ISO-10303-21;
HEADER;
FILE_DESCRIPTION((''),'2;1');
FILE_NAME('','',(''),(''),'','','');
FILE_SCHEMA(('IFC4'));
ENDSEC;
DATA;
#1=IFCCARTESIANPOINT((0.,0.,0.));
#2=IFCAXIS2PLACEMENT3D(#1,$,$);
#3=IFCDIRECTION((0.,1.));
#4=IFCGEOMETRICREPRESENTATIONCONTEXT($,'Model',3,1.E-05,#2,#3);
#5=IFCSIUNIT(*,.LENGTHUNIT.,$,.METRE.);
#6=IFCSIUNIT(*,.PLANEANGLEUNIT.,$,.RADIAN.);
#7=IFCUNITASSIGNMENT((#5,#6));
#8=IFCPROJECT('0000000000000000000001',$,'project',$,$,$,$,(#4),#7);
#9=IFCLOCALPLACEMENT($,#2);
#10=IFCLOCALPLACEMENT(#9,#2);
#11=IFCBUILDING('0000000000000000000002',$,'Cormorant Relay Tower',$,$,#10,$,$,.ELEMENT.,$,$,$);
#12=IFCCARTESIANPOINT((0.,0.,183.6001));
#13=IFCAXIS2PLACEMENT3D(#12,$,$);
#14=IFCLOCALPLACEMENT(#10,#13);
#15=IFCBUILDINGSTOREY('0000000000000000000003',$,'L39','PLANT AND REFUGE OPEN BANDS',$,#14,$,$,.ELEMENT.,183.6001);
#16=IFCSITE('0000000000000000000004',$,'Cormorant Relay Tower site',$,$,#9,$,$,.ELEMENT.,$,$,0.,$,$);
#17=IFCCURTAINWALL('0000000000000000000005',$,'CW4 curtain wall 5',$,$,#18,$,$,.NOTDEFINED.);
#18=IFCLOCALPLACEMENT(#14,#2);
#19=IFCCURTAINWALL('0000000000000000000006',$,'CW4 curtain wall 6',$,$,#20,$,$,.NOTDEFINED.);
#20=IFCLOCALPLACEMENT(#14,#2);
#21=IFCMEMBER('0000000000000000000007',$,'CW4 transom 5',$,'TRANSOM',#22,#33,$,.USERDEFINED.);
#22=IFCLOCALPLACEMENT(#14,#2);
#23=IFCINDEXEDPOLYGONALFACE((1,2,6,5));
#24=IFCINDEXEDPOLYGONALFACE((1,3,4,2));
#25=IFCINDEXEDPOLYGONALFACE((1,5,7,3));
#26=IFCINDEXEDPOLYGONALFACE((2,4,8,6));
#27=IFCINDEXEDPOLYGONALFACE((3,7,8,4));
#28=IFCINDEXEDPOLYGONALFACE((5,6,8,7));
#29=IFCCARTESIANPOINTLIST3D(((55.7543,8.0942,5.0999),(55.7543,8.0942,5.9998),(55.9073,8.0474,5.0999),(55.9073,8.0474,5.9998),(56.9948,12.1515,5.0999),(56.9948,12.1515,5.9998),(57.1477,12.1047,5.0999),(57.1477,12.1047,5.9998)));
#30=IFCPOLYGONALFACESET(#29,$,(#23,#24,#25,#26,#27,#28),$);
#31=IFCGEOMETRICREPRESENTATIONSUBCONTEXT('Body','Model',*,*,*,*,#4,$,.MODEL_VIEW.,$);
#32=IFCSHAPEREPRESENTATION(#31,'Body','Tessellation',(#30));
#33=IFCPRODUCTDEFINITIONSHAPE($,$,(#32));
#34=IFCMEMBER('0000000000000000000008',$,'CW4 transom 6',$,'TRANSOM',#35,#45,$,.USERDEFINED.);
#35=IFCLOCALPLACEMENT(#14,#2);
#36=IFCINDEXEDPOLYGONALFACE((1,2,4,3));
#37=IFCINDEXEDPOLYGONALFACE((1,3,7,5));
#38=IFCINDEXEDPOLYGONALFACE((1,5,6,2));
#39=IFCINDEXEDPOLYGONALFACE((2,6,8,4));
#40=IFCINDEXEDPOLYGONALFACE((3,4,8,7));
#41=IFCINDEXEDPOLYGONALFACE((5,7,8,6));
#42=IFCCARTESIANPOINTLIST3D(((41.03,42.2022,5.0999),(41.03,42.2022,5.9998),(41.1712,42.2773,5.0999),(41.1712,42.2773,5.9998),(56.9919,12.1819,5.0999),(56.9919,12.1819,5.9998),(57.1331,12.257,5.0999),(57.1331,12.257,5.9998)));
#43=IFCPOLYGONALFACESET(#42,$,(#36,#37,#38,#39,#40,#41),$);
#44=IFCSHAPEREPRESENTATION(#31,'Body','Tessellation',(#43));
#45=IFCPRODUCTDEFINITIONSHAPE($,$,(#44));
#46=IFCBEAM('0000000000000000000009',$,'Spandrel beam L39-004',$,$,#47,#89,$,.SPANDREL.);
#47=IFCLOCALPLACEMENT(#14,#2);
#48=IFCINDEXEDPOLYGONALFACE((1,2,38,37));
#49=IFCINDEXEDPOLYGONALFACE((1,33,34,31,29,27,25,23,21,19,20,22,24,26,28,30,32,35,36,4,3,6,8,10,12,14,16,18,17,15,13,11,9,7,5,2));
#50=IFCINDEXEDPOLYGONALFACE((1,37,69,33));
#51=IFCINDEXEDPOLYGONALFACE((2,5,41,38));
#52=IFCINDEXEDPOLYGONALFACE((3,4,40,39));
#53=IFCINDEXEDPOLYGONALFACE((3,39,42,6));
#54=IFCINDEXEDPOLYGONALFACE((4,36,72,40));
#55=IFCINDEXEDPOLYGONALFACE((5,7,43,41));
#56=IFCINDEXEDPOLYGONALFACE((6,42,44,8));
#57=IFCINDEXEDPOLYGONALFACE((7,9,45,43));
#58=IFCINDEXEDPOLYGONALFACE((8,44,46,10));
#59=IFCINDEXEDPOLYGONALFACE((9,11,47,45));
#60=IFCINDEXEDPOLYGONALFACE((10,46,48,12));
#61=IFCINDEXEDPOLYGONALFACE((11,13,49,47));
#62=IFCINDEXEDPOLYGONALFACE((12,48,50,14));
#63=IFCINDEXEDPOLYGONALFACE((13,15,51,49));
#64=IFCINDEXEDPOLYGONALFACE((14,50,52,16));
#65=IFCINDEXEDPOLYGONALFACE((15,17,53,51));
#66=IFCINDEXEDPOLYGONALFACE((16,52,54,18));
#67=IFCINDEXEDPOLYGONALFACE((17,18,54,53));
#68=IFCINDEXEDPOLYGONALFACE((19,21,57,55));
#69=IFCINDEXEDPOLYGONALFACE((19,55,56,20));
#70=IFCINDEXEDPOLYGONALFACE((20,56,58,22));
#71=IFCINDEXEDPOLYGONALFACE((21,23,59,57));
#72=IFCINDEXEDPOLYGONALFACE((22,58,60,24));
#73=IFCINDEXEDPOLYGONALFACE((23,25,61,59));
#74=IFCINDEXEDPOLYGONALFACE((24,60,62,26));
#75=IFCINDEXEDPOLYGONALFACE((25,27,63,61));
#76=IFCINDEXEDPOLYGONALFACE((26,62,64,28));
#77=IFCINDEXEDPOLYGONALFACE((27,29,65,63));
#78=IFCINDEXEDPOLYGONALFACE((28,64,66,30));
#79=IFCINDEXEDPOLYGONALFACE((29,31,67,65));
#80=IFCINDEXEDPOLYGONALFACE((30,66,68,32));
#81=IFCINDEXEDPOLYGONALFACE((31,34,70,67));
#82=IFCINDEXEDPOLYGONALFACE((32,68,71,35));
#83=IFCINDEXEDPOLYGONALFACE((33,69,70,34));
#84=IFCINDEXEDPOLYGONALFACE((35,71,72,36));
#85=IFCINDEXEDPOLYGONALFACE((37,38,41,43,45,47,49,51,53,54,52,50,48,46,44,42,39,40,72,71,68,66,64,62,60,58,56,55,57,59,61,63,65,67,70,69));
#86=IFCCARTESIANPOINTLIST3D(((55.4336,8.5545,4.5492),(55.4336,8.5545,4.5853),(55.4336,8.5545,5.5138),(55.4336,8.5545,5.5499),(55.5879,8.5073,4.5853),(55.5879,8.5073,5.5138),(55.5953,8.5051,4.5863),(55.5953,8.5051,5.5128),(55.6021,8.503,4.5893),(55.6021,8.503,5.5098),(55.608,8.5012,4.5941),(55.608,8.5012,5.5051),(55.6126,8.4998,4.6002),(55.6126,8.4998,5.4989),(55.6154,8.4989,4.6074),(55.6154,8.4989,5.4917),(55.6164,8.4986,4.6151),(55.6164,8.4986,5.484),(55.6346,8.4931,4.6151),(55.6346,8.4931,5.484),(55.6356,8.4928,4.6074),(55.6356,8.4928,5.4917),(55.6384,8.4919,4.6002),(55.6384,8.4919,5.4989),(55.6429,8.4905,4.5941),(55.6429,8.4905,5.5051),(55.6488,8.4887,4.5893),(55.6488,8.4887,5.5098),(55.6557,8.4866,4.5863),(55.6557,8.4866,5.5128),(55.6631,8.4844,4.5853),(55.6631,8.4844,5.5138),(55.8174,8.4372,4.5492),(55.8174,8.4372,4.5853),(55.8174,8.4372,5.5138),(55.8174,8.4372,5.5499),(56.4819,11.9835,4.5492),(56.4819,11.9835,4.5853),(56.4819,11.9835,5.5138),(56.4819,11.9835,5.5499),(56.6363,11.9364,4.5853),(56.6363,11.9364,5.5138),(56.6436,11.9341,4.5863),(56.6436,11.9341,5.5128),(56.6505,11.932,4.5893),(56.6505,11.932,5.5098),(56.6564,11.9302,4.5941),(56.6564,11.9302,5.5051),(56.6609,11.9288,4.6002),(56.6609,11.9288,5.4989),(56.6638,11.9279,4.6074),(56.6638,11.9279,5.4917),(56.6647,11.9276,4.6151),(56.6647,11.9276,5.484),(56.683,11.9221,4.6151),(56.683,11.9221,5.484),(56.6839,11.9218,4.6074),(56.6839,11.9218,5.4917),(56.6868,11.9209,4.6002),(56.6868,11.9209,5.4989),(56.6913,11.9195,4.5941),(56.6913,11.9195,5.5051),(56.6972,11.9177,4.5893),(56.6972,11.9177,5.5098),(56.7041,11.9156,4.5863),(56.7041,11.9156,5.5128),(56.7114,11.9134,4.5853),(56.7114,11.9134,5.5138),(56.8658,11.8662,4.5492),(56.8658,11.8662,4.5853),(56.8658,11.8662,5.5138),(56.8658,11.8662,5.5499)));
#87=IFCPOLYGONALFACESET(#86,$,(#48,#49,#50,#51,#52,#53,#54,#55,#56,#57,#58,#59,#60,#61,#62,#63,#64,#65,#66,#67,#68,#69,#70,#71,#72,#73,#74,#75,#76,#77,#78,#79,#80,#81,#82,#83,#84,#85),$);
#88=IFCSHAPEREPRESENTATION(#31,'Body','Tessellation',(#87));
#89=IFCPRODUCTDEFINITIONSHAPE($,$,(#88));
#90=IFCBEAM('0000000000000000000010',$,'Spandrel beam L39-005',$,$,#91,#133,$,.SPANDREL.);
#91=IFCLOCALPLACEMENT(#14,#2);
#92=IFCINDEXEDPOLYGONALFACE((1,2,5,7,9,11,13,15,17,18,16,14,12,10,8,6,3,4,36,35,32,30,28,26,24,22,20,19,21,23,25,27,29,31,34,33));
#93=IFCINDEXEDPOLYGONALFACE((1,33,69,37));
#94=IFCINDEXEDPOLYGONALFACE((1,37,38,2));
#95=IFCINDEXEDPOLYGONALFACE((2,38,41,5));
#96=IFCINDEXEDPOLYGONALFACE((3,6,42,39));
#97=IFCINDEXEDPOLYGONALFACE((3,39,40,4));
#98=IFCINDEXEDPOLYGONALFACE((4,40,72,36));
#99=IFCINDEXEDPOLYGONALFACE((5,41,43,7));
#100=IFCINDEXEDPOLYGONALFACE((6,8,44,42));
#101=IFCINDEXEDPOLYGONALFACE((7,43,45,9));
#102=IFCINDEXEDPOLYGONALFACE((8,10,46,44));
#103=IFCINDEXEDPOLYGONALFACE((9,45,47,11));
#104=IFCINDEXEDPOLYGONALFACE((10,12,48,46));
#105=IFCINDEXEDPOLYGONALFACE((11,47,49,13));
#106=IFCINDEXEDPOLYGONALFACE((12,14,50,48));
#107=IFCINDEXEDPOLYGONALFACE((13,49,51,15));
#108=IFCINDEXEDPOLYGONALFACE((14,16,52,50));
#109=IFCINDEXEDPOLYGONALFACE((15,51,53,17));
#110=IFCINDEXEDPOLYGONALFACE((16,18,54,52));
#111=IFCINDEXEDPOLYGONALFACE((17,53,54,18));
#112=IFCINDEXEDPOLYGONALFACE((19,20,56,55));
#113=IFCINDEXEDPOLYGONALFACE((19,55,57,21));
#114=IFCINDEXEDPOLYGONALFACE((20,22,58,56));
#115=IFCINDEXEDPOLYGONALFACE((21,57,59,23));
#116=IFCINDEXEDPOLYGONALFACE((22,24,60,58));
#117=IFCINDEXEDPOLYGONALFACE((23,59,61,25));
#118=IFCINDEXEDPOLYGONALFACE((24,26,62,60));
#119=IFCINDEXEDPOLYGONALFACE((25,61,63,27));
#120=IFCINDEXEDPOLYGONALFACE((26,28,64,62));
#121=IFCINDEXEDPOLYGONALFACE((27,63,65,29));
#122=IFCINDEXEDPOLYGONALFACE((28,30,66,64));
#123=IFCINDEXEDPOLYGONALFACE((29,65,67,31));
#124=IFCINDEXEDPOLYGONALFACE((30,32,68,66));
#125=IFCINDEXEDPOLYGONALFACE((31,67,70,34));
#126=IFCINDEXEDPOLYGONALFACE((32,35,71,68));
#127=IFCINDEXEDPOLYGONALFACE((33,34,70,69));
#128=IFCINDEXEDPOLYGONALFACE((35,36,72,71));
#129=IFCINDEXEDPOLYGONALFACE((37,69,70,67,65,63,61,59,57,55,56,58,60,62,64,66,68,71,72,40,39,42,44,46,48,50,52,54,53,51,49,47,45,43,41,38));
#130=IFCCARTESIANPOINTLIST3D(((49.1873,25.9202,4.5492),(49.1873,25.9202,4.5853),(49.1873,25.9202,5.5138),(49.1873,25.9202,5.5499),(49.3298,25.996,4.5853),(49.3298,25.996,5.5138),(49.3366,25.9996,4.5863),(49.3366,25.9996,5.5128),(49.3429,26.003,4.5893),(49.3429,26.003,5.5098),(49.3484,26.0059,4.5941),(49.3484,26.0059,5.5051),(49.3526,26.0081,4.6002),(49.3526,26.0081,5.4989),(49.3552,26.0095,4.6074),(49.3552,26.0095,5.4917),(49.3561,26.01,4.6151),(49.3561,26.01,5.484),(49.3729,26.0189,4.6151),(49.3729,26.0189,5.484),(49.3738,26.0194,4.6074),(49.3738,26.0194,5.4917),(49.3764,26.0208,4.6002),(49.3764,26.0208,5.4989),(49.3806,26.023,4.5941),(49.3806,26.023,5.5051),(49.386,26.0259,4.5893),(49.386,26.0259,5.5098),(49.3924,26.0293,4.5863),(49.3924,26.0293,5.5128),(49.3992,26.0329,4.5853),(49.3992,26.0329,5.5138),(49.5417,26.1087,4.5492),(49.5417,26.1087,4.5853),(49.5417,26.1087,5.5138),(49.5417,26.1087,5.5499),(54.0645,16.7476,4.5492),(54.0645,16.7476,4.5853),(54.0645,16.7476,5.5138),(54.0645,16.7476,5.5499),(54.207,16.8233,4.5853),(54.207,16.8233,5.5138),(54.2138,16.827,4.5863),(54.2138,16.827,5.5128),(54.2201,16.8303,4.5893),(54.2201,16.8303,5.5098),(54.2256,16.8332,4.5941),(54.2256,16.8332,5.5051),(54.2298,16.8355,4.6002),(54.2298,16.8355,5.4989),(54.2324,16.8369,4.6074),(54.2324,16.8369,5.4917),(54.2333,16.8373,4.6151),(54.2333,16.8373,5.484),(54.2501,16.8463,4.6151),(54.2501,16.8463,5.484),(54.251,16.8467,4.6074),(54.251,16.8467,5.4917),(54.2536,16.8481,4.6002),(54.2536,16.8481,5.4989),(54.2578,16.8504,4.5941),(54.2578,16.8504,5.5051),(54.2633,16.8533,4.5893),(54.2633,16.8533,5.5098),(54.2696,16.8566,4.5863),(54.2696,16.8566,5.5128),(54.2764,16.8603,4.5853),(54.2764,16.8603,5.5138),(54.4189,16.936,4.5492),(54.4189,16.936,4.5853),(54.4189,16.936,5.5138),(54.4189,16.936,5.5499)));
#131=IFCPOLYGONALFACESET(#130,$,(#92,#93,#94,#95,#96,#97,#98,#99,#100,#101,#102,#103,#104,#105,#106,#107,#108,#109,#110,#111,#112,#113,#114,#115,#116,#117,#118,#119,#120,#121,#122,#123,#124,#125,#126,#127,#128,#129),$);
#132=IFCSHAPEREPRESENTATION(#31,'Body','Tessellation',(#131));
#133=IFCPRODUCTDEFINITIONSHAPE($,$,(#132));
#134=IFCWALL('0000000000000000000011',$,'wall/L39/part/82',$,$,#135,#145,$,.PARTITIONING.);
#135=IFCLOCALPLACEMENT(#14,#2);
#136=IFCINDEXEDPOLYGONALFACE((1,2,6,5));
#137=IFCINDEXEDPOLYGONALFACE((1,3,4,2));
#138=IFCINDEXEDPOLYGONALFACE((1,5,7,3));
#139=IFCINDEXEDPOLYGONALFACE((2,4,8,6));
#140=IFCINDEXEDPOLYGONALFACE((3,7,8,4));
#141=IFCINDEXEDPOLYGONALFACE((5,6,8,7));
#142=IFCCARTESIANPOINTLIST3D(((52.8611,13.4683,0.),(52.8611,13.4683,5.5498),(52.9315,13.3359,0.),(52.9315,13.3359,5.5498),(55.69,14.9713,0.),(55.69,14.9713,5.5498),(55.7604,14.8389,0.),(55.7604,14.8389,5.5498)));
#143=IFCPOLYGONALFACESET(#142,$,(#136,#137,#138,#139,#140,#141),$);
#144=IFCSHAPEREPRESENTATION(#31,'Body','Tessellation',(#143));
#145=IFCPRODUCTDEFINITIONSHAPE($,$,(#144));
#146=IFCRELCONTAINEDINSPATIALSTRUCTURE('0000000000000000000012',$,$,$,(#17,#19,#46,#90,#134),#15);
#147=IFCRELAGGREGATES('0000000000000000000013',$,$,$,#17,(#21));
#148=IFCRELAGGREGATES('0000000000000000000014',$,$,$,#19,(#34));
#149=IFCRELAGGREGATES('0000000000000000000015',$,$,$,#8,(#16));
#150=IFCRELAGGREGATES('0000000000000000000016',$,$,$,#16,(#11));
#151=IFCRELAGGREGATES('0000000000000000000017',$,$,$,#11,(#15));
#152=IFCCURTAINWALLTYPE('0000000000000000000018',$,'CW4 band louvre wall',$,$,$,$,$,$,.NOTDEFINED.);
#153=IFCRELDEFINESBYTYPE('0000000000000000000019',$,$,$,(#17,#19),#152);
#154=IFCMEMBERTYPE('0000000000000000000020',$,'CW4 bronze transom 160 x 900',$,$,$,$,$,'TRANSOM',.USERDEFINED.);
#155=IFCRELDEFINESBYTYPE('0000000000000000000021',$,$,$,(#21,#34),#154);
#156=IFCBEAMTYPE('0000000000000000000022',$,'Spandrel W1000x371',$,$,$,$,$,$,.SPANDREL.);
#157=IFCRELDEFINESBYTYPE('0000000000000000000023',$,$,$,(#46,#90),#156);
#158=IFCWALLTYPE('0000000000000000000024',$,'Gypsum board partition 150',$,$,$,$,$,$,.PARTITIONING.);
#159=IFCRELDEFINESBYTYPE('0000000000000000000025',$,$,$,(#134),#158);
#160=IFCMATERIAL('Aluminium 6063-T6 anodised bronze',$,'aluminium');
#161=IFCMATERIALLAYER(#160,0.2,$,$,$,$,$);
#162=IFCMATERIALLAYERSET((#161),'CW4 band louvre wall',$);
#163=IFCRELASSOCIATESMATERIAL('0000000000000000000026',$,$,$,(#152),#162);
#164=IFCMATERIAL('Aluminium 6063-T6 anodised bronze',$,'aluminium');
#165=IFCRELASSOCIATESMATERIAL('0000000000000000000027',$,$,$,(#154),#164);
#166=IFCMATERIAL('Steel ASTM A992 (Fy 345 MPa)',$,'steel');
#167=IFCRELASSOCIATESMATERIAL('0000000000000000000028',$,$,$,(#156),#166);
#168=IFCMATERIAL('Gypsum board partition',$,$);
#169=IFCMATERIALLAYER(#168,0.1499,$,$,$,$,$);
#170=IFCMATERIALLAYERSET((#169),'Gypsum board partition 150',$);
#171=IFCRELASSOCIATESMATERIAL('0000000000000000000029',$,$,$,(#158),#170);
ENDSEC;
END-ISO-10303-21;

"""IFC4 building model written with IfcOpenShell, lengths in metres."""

from ifc_helpers import new_model, si_unit, direction, frame, frame_2d, origin, origin_2d, place, context, subcontext, project, spatial, rectangle, i_section, extrude, material, layer, layer_set, material_profile, profile_set, type_object, element, aggregate, save


model = new_model("IFC4")

# Units and contexts
model_context = context("Model", 3, precision=1e-05, world=origin(), true_north=direction((0.0, 1.0)))
body_context = subcontext(model_context, "Body", "Model", "MODEL_VIEW")
ifc_project = project(units=[si_unit("LENGTHUNIT", "METRE"), si_unit("PLANEANGLEUNIT", "RADIAN")], contexts=[model_context])

# Site, building, storey
site_placement = place(None, origin())
site = spatial("IfcSite", under=ifc_project, at=site_placement, Name="Cormorant Relay Tower site", CompositionType="ELEMENT", RefElevation=0.0)
building_placement = place(site_placement, origin())
building = spatial("IfcBuilding", under=site, at=building_placement, Name="Cormorant Relay Tower", CompositionType="ELEMENT")
storey_placement = place(building_placement, frame((0.0, 0.0, 183.6001)))
storey = spatial("IfcBuildingStorey", under=building, at=storey_placement, Name="L39", Description="PLANT AND REFUGE OPEN BANDS", CompositionType="ELEMENT", Elevation=183.6001)

# Curtain wall
ifc_material_1 = material(Name="Aluminium 6063-T6 anodised bronze", Category="aluminium")
ifc_layer_1 = layer(ifc_material_1, 0.2)
ifc_layer_set_1 = layer_set([ifc_layer_1], Name="CW4 band louvre wall")
curtain_wall_type = type_object("IfcCurtainWallType", Name="CW4 band louvre wall", PredefinedType="NOTDEFINED", material=ifc_layer_set_1)
curtain_wall_1_placement = place(storey_placement, origin())
curtain_wall_1 = element("IfcCurtainWall", 1, at=curtain_wall_1_placement, inside=storey, type_object=curtain_wall_type, Name="CW4 curtain wall 5", PredefinedType="NOTDEFINED")

# Curtain wall
curtain_wall_2_placement = place(storey_placement, origin())
curtain_wall_2 = element("IfcCurtainWall", 2, at=curtain_wall_2_placement, inside=storey, type_object=curtain_wall_type, Name="CW4 curtain wall 6", PredefinedType="NOTDEFINED")

# Members
ifc_material_2 = material(Name="Aluminium 6063-T6 anodised bronze", Category="aluminium")
ifc_material_profile_1 = material_profile(ifc_material_2, rectangle(XDim=0.1599, YDim=0.8999, at=origin_2d()), Name="AL 160x900")
ifc_profile_set_1 = profile_set([ifc_material_profile_1], Name="Aluminium 6063-T6 anodised bronze")
member_type_1 = type_object("IfcMemberType", Name="CW4 bronze transom 160 x 900", ElementType="TRANSOM", PredefinedType="USERDEFINED", material=ifc_profile_set_1)
member_1_placement = place(storey_placement, frame((55.8308, 8.0708, 5.5498), z_axis=(0.292375, 0.956304, 0.0), x_axis=(-0.956304, 0.292375, 0.0)))
member_1 = element("IfcMember", 3, at=member_1_placement, type_object=member_type_1, Name="CW4 transom 5", ObjectType="TRANSOM", PredefinedType="USERDEFINED", context=body_context, shape_type="SweptSolid", body=[
    extrude(rectangle(XDim=0.1599, YDim=0.8999, at=origin_2d()), origin(), (0.0, 0.0, 1.0), 4.2427),
])
member_2_placement = place(storey_placement, frame((57.0625, 12.2195, 5.5498), z_axis=(-0.469468, 0.882949, 0.0), x_axis=(-0.882949, -0.469468, 0.0)))
member_2 = element("IfcMember", 4, at=member_2_placement, type_object=member_type_1, Name="CW4 transom 6", ObjectType="TRANSOM", PredefinedType="USERDEFINED", context=body_context, shape_type="SweptSolid", body=[
    extrude(rectangle(XDim=0.1599, YDim=0.8999, at=origin_2d()), origin(), (0.0, 0.0, 1.0), 34.0),
])

# Beams
ifc_material_3 = material(Name="Steel ASTM A992 (Fy 345 MPa)", Category="steel")
ifc_material_profile_2 = material_profile(ifc_material_3, i_section(OverallWidth=0.4014, OverallDepth=1.0007, WebThickness=0.019, FlangeThickness=0.0361, FilletRadius=0.0298, at=origin_2d()), Name="W1000x371")
ifc_profile_set_2 = profile_set([ifc_material_profile_2], Name="Steel ASTM A992 (Fy 345 MPa)")
beam_type = type_object("IfcBeamType", Name="Spandrel W1000x371", PredefinedType="SPANDREL", material=ifc_profile_set_2)
beam_1_placement = place(storey_placement, frame((55.6255, 8.4958, 5.0496), z_axis=(0.292372, 0.956305, 0.0), x_axis=(-0.956305, 0.292372, 0.0)))
element("IfcBeam", 5, at=beam_1_placement, inside=storey, type_object=beam_type, Name="Spandrel beam L39-004", PredefinedType="SPANDREL", context=body_context, shape_type="SweptSolid", body=[
    extrude(i_section(OverallWidth=0.4014, OverallDepth=1.0007, WebThickness=0.019, FlangeThickness=0.0361, FilletRadius=0.0298, at=origin_2d()), origin(), (0.0, 0.0, 1.0), 3.5857),
])
beam_2_placement = place(storey_placement, frame((54.2417, 16.8418, 5.0496), z_axis=(-0.469474, 0.882946, 0.0), x_axis=(-0.882946, -0.469474, 0.0)))
element("IfcBeam", 6, at=beam_2_placement, inside=storey, type_object=beam_type, Name="Spandrel beam L39-005", PredefinedType="SPANDREL", context=body_context, shape_type="SweptSolid", body=[
    extrude(i_section(OverallWidth=0.4014, OverallDepth=1.0007, WebThickness=0.019, FlangeThickness=0.0361, FilletRadius=0.0298, at=origin_2d()), origin(), (0.0, 0.0, 1.0), 10.3887),
])

# Wall
ifc_material_4 = material(Name="Gypsum board partition")
ifc_layer_2 = layer(ifc_material_4, 0.1499)
ifc_layer_set_2 = layer_set([ifc_layer_2], Name="Gypsum board partition 150")
wall_type = type_object("IfcWallType", Name="Gypsum board partition 150", PredefinedType="PARTITIONING", material=ifc_layer_set_2)
wall_placement = place(storey_placement, frame((55.7251, 14.905, 0.0), z_axis=(0.0, 0.0, 1.0), x_axis=(-0.883103, -0.469179, 0.0)))
element("IfcWall", 7, at=wall_placement, inside=storey, type_object=wall_type, Name="wall/L39/part/82", PredefinedType="PARTITIONING", context=body_context, shape_type="SweptSolid", body=[
    extrude(rectangle(XDim=3.2034, YDim=0.1499, at=frame_2d((1.6016, 0.0))), origin(), (0.0, 0.0, 1.0), 5.5498),
])

aggregate(curtain_wall_1, [member_1])
aggregate(curtain_wall_2, [member_2])

save(model, "model.ifc")
